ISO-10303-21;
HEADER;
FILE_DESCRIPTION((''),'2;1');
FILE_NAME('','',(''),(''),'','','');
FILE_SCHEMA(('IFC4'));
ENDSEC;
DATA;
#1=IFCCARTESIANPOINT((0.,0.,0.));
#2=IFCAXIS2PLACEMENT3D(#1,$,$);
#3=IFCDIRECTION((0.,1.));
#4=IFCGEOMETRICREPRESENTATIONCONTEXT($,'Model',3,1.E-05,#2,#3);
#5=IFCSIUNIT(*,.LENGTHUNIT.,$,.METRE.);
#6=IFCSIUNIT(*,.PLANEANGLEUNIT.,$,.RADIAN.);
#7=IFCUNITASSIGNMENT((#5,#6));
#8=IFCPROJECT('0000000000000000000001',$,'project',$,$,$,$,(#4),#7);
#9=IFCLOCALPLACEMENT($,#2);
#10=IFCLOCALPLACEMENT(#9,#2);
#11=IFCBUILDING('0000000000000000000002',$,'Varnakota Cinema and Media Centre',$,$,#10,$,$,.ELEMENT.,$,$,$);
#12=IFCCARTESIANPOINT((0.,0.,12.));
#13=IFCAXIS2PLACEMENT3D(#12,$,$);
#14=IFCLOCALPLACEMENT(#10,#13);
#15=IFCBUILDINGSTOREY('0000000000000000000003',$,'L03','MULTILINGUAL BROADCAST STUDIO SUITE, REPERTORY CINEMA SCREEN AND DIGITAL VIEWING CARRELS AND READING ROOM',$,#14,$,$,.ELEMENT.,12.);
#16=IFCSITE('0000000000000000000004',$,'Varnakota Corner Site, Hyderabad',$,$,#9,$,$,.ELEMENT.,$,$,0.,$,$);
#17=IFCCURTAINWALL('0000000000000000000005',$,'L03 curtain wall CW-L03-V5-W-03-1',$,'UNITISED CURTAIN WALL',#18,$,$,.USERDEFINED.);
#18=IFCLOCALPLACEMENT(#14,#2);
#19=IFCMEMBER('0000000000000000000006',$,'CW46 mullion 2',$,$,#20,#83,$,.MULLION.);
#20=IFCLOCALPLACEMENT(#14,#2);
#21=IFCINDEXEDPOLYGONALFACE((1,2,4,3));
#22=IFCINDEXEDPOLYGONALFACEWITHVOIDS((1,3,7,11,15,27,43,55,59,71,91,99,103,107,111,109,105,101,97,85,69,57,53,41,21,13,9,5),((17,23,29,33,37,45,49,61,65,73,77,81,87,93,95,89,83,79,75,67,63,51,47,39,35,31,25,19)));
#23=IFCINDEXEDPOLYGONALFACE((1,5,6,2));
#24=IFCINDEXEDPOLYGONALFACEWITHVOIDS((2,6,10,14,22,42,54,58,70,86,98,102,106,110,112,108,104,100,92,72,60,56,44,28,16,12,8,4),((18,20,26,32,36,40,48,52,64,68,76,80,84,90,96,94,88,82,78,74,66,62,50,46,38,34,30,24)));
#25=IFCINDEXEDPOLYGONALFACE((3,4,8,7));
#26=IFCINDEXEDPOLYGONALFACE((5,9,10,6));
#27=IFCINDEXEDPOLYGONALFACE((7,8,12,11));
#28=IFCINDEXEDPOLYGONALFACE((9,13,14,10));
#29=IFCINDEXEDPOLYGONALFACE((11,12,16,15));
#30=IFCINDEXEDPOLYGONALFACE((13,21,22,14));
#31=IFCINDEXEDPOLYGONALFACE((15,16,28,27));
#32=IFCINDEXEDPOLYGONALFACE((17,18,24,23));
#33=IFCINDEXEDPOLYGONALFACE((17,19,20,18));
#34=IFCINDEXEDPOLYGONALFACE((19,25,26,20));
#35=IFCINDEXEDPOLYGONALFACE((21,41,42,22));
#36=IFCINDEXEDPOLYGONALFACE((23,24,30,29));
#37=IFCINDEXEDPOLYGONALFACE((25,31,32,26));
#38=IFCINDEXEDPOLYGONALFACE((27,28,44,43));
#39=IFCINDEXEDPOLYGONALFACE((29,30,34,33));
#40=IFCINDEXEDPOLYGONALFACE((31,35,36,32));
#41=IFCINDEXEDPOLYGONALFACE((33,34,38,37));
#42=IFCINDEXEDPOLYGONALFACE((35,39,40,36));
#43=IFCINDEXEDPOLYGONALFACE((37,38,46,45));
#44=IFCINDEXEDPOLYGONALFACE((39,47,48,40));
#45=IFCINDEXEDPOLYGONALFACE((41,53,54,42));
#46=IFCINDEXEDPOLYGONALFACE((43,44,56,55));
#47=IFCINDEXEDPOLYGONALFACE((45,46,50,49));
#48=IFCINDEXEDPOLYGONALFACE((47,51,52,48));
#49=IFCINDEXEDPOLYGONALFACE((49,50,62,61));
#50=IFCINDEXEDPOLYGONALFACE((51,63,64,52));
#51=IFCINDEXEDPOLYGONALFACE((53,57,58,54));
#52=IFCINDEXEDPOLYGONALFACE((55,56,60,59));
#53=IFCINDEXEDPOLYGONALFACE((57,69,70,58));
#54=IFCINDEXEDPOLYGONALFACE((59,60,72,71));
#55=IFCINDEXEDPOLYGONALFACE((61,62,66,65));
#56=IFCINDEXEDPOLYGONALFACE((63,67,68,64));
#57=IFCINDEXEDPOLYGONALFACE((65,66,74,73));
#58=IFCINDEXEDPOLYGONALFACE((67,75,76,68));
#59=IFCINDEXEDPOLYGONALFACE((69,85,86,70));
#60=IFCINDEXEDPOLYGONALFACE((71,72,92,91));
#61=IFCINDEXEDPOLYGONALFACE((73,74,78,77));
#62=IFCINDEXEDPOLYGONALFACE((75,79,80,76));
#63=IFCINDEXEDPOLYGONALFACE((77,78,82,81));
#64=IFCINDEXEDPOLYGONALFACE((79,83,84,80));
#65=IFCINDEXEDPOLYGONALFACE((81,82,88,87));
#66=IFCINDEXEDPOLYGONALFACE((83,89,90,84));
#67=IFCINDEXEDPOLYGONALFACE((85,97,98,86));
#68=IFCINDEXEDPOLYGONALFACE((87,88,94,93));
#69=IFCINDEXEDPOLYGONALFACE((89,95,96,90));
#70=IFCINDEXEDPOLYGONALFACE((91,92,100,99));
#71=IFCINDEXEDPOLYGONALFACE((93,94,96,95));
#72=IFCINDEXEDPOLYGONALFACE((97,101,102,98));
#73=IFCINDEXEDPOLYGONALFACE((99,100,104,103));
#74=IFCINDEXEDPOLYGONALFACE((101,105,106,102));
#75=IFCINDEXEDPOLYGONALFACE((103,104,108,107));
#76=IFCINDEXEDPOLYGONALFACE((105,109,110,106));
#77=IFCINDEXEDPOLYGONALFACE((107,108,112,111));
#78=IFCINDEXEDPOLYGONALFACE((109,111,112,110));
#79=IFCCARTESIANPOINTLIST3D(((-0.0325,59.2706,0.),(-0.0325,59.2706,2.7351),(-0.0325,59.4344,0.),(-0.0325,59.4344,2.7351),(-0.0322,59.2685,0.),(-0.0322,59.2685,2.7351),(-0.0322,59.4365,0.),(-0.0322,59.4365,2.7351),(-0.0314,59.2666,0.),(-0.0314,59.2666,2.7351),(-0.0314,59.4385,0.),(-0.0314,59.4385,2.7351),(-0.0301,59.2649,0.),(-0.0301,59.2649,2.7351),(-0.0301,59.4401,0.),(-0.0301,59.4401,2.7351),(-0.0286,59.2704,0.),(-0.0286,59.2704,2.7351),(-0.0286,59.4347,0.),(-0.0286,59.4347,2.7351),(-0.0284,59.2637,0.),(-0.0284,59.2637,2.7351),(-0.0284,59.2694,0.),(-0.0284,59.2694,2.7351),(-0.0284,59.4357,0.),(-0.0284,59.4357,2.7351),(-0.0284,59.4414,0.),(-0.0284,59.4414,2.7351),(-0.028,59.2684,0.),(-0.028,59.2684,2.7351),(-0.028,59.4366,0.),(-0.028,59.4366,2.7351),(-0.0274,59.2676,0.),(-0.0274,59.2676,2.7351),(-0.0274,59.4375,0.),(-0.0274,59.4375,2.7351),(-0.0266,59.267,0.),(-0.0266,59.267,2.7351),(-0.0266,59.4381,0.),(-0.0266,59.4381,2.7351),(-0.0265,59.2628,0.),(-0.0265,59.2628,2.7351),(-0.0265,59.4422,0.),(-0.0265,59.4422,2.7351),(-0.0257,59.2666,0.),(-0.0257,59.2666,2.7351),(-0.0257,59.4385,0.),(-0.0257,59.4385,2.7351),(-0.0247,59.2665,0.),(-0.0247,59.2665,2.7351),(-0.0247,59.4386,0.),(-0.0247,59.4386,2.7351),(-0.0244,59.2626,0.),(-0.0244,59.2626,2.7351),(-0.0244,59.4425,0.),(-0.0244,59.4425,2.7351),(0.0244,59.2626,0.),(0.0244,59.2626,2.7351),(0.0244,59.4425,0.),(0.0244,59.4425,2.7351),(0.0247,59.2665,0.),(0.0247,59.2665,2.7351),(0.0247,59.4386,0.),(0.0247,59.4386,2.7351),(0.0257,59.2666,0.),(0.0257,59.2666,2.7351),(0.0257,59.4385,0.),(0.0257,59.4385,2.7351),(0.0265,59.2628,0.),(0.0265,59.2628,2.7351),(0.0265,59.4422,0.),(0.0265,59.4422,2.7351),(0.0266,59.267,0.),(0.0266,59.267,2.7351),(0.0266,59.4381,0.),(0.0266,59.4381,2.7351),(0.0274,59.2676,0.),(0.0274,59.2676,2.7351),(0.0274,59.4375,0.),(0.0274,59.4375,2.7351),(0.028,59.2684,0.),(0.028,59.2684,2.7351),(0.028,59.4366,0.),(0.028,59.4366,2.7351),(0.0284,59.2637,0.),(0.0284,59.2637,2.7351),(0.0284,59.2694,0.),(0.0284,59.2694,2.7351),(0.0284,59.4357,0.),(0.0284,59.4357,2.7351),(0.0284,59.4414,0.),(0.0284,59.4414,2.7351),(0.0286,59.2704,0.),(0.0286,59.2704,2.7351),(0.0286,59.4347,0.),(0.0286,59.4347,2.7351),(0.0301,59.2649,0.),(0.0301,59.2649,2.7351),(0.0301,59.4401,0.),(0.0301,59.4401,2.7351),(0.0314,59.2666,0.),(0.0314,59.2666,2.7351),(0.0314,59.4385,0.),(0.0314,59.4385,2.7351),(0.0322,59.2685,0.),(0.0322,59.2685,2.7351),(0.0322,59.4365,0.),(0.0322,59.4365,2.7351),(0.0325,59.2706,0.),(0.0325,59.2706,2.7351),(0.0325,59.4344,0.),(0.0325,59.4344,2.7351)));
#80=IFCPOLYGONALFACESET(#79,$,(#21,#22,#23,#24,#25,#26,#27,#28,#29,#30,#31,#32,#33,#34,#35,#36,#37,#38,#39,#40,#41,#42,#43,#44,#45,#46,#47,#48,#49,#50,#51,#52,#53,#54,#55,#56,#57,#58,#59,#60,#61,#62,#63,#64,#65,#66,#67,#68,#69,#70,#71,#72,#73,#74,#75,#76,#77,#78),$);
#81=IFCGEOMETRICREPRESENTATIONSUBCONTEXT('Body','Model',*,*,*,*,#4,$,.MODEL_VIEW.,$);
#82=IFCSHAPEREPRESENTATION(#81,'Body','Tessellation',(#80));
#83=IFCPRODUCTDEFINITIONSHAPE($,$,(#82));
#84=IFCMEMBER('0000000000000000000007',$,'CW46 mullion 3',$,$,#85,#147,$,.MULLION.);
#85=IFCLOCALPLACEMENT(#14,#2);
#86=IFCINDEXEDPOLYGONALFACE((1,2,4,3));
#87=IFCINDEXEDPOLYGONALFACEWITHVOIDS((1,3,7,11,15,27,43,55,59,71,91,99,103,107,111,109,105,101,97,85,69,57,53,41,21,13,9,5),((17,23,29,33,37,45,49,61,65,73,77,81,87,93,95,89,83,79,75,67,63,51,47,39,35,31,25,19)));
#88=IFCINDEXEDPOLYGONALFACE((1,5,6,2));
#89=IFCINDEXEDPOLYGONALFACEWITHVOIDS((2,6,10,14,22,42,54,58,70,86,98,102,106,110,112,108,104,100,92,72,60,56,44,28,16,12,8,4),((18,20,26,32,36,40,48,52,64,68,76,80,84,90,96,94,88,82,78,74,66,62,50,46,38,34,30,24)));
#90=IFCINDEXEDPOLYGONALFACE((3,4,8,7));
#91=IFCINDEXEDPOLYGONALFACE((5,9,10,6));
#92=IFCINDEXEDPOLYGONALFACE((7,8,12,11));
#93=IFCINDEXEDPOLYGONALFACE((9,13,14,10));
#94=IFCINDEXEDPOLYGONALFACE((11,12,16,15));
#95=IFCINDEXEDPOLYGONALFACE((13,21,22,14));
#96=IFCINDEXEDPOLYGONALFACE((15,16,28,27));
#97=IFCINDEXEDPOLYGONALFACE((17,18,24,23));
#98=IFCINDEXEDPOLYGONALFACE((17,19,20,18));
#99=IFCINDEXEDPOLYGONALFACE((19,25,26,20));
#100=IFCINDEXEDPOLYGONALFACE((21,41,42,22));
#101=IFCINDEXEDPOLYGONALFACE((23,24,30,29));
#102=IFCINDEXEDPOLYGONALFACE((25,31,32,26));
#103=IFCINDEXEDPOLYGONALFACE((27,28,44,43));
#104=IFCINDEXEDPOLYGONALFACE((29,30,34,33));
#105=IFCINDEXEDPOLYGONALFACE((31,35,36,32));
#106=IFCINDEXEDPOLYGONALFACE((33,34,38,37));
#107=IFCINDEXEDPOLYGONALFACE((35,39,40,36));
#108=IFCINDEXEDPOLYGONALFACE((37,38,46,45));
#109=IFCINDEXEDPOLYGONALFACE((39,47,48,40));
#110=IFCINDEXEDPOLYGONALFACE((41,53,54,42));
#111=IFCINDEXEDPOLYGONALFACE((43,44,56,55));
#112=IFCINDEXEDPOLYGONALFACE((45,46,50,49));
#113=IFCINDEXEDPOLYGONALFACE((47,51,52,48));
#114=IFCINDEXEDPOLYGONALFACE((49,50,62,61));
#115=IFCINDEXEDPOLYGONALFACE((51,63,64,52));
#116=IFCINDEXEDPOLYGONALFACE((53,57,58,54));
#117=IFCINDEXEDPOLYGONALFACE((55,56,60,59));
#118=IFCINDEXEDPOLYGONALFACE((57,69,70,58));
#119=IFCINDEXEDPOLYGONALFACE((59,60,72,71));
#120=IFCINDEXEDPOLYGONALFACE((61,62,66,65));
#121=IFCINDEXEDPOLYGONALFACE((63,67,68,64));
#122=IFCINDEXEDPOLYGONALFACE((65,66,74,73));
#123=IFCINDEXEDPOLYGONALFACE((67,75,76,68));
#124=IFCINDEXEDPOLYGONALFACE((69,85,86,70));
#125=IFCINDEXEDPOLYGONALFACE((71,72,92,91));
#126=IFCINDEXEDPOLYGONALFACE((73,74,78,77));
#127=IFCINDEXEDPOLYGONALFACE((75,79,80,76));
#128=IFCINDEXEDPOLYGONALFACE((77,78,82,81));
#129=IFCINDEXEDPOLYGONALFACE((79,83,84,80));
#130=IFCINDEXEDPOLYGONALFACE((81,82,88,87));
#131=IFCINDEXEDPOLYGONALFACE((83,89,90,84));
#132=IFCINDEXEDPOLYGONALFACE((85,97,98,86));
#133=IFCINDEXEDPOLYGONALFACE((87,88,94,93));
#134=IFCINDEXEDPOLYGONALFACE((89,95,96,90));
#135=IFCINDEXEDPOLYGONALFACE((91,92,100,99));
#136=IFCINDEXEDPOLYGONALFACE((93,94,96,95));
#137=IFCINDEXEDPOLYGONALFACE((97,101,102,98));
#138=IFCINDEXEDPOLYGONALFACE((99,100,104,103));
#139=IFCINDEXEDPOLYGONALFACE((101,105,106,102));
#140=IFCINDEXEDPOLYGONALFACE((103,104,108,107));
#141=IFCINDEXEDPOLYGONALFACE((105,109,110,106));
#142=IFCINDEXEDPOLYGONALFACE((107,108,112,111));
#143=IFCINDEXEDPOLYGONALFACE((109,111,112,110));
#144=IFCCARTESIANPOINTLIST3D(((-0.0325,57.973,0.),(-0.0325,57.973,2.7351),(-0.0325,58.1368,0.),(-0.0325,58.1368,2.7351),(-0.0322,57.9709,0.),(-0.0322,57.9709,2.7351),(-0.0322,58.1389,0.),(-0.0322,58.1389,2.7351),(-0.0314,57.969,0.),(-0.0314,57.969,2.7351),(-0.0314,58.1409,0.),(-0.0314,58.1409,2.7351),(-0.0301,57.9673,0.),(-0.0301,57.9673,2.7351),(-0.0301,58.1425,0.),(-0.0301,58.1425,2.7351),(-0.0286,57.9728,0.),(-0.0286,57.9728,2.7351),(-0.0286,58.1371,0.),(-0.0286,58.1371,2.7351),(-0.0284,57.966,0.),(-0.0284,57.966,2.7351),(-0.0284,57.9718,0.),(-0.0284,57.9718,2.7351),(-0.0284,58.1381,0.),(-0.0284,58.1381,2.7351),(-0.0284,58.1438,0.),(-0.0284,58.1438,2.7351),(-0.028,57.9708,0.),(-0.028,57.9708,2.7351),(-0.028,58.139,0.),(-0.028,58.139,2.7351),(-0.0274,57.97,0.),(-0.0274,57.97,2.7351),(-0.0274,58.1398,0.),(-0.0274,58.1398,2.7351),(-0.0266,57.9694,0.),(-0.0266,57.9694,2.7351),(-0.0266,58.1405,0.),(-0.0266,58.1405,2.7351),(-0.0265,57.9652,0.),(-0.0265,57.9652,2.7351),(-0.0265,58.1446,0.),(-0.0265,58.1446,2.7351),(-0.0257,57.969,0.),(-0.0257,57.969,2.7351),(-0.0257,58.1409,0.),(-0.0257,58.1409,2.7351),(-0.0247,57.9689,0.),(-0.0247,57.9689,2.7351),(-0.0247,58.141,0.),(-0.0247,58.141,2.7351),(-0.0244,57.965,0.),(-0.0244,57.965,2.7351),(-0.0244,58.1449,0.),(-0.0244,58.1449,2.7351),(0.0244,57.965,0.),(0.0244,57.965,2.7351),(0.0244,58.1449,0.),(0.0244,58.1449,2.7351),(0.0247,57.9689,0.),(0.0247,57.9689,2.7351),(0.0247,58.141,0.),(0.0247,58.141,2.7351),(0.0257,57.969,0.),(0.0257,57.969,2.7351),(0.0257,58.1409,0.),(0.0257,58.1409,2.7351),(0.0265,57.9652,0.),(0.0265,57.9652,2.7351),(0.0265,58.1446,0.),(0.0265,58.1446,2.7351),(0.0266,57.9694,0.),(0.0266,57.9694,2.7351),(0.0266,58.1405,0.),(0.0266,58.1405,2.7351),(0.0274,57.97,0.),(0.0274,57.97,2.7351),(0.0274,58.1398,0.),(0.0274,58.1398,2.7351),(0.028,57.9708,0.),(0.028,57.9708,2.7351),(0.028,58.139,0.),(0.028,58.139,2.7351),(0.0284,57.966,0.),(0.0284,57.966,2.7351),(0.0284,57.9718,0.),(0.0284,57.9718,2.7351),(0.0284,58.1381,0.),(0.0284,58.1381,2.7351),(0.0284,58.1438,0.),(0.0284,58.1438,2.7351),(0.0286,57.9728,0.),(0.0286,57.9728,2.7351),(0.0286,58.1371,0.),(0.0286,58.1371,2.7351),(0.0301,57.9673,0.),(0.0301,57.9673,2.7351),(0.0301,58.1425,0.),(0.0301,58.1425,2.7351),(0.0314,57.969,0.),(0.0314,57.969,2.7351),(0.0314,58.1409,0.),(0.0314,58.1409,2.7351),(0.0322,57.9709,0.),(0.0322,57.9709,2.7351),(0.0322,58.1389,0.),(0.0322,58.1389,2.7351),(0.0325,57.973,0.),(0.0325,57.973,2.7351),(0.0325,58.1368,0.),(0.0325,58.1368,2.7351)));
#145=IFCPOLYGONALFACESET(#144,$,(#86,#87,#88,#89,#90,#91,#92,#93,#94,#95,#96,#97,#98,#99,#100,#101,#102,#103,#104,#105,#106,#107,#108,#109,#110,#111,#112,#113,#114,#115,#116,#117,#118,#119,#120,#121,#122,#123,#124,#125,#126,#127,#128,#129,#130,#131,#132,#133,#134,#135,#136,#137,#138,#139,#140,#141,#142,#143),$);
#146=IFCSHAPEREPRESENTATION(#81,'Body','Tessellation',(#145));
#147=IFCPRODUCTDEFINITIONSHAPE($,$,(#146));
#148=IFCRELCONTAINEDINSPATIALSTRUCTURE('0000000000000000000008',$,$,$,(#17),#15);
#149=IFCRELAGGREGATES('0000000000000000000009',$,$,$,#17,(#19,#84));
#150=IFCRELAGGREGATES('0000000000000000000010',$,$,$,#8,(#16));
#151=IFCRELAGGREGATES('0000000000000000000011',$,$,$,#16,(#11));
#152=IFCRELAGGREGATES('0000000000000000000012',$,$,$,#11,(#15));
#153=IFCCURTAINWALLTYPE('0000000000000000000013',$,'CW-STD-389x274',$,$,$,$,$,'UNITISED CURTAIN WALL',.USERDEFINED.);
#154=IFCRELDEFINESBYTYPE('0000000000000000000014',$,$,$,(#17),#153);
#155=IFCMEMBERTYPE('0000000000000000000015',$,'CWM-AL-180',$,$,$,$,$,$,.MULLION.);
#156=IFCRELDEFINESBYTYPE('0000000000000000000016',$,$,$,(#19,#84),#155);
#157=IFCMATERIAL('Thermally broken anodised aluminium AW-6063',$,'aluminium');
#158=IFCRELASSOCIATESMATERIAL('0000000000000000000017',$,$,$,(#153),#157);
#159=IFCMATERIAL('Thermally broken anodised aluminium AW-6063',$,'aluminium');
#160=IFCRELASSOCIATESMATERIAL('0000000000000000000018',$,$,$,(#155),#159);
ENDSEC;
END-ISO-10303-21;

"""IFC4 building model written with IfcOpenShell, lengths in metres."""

from ifc_helpers import new_model, si_unit, direction, frame, origin, origin_2d, place, context, subcontext, project, spatial, hollow_rectangle, extrude, material, material_profile, profile_set, type_object, element, aggregate, save


model = new_model("IFC4")

# Units and contexts
model_context = context("Model", 3, precision=1e-05, world=origin(), true_north=direction((0.0, 1.0)))
body_context = subcontext(model_context, "Body", "Model", "MODEL_VIEW")
ifc_project = project(units=[si_unit("LENGTHUNIT", "METRE"), si_unit("PLANEANGLEUNIT", "RADIAN")], contexts=[model_context])

# Site, building, storey
site_placement = place(None, origin())
site = spatial("IfcSite", under=ifc_project, at=site_placement, Name="Varnakota Corner Site, Hyderabad", CompositionType="ELEMENT", RefElevation=0.0)
building_placement = place(site_placement, origin())
building = spatial("IfcBuilding", under=site, at=building_placement, Name="Varnakota Cinema and Media Centre", CompositionType="ELEMENT")
storey_placement = place(building_placement, frame((0.0, 0.0, 12.0)))
storey = spatial("IfcBuildingStorey", under=building, at=storey_placement, Name="L03", Description="MULTILINGUAL BROADCAST STUDIO SUITE, REPERTORY CINEMA SCREEN AND DIGITAL VIEWING CARRELS AND READING ROOM", CompositionType="ELEMENT", Elevation=12.0)

# Shared definitions
ifc_material_1 = material(Name="Thermally broken anodised aluminium AW-6063", Category="aluminium")
curtain_wall_type = type_object("IfcCurtainWallType", Name="CW-STD-389x274", ElementType="UNITISED CURTAIN WALL", PredefinedType="USERDEFINED", material=ifc_material_1)
ifc_material_2 = material(Name="Thermally broken anodised aluminium AW-6063", Category="aluminium")
ifc_material_profile_1 = material_profile(ifc_material_2, hollow_rectangle(XDim=0.0649, YDim=0.1799, WallThickness=0.0039, InnerFilletRadius=0.0039, OuterFilletRadius=0.0081, at=origin_2d()), Name="AL-MULLION 180x65x4")
ifc_profile_set_1 = profile_set([ifc_material_profile_1], Name="Thermally broken anodised aluminium AW-6063")
member_type_1 = type_object("IfcMemberType", Name="CWM-AL-180", PredefinedType="MULLION", material=ifc_profile_set_1)

# Curtain wall, members
curtain_wall_1_placement = place(storey_placement, origin())
curtain_wall_1 = element("IfcCurtainWall", 1, at=curtain_wall_1_placement, inside=storey, type_object=curtain_wall_type, Name="L03 curtain wall CW-L03-V5-W-03-1", ObjectType="UNITISED CURTAIN WALL", PredefinedType="USERDEFINED")
member_1_placement = place(storey_placement, frame((0.0, 59.3525, 0.0), z_axis=(0.0, 0.0, 1.0), x_axis=(1.0, 0.0, 0.0)))
member_1 = element("IfcMember", 2, at=member_1_placement, type_object=member_type_1, Name="CW46 mullion 2", PredefinedType="MULLION", context=body_context, shape_type="SweptSolid", body=[
    extrude(hollow_rectangle(XDim=0.0649, YDim=0.1799, WallThickness=0.0039, InnerFilletRadius=0.0039, OuterFilletRadius=0.0081, at=origin_2d()), origin(), (0.0, 0.0, 1.0), 2.7351),
])
member_2_placement = place(storey_placement, frame((0.0, 58.0549, 0.0), z_axis=(0.0, 0.0, 1.0), x_axis=(1.0, 0.0, 0.0)))
member_2 = element("IfcMember", 3, at=member_2_placement, type_object=member_type_1, Name="CW46 mullion 3", PredefinedType="MULLION", context=body_context, shape_type="SweptSolid", body=[
    extrude(hollow_rectangle(XDim=0.0649, YDim=0.1799, WallThickness=0.0039, InnerFilletRadius=0.0039, OuterFilletRadius=0.0081, at=origin_2d()), origin(), (0.0, 0.0, 1.0), 2.7351),
])

aggregate(curtain_wall_1, [member_1, member_2])

save(model, "model.ifc")
